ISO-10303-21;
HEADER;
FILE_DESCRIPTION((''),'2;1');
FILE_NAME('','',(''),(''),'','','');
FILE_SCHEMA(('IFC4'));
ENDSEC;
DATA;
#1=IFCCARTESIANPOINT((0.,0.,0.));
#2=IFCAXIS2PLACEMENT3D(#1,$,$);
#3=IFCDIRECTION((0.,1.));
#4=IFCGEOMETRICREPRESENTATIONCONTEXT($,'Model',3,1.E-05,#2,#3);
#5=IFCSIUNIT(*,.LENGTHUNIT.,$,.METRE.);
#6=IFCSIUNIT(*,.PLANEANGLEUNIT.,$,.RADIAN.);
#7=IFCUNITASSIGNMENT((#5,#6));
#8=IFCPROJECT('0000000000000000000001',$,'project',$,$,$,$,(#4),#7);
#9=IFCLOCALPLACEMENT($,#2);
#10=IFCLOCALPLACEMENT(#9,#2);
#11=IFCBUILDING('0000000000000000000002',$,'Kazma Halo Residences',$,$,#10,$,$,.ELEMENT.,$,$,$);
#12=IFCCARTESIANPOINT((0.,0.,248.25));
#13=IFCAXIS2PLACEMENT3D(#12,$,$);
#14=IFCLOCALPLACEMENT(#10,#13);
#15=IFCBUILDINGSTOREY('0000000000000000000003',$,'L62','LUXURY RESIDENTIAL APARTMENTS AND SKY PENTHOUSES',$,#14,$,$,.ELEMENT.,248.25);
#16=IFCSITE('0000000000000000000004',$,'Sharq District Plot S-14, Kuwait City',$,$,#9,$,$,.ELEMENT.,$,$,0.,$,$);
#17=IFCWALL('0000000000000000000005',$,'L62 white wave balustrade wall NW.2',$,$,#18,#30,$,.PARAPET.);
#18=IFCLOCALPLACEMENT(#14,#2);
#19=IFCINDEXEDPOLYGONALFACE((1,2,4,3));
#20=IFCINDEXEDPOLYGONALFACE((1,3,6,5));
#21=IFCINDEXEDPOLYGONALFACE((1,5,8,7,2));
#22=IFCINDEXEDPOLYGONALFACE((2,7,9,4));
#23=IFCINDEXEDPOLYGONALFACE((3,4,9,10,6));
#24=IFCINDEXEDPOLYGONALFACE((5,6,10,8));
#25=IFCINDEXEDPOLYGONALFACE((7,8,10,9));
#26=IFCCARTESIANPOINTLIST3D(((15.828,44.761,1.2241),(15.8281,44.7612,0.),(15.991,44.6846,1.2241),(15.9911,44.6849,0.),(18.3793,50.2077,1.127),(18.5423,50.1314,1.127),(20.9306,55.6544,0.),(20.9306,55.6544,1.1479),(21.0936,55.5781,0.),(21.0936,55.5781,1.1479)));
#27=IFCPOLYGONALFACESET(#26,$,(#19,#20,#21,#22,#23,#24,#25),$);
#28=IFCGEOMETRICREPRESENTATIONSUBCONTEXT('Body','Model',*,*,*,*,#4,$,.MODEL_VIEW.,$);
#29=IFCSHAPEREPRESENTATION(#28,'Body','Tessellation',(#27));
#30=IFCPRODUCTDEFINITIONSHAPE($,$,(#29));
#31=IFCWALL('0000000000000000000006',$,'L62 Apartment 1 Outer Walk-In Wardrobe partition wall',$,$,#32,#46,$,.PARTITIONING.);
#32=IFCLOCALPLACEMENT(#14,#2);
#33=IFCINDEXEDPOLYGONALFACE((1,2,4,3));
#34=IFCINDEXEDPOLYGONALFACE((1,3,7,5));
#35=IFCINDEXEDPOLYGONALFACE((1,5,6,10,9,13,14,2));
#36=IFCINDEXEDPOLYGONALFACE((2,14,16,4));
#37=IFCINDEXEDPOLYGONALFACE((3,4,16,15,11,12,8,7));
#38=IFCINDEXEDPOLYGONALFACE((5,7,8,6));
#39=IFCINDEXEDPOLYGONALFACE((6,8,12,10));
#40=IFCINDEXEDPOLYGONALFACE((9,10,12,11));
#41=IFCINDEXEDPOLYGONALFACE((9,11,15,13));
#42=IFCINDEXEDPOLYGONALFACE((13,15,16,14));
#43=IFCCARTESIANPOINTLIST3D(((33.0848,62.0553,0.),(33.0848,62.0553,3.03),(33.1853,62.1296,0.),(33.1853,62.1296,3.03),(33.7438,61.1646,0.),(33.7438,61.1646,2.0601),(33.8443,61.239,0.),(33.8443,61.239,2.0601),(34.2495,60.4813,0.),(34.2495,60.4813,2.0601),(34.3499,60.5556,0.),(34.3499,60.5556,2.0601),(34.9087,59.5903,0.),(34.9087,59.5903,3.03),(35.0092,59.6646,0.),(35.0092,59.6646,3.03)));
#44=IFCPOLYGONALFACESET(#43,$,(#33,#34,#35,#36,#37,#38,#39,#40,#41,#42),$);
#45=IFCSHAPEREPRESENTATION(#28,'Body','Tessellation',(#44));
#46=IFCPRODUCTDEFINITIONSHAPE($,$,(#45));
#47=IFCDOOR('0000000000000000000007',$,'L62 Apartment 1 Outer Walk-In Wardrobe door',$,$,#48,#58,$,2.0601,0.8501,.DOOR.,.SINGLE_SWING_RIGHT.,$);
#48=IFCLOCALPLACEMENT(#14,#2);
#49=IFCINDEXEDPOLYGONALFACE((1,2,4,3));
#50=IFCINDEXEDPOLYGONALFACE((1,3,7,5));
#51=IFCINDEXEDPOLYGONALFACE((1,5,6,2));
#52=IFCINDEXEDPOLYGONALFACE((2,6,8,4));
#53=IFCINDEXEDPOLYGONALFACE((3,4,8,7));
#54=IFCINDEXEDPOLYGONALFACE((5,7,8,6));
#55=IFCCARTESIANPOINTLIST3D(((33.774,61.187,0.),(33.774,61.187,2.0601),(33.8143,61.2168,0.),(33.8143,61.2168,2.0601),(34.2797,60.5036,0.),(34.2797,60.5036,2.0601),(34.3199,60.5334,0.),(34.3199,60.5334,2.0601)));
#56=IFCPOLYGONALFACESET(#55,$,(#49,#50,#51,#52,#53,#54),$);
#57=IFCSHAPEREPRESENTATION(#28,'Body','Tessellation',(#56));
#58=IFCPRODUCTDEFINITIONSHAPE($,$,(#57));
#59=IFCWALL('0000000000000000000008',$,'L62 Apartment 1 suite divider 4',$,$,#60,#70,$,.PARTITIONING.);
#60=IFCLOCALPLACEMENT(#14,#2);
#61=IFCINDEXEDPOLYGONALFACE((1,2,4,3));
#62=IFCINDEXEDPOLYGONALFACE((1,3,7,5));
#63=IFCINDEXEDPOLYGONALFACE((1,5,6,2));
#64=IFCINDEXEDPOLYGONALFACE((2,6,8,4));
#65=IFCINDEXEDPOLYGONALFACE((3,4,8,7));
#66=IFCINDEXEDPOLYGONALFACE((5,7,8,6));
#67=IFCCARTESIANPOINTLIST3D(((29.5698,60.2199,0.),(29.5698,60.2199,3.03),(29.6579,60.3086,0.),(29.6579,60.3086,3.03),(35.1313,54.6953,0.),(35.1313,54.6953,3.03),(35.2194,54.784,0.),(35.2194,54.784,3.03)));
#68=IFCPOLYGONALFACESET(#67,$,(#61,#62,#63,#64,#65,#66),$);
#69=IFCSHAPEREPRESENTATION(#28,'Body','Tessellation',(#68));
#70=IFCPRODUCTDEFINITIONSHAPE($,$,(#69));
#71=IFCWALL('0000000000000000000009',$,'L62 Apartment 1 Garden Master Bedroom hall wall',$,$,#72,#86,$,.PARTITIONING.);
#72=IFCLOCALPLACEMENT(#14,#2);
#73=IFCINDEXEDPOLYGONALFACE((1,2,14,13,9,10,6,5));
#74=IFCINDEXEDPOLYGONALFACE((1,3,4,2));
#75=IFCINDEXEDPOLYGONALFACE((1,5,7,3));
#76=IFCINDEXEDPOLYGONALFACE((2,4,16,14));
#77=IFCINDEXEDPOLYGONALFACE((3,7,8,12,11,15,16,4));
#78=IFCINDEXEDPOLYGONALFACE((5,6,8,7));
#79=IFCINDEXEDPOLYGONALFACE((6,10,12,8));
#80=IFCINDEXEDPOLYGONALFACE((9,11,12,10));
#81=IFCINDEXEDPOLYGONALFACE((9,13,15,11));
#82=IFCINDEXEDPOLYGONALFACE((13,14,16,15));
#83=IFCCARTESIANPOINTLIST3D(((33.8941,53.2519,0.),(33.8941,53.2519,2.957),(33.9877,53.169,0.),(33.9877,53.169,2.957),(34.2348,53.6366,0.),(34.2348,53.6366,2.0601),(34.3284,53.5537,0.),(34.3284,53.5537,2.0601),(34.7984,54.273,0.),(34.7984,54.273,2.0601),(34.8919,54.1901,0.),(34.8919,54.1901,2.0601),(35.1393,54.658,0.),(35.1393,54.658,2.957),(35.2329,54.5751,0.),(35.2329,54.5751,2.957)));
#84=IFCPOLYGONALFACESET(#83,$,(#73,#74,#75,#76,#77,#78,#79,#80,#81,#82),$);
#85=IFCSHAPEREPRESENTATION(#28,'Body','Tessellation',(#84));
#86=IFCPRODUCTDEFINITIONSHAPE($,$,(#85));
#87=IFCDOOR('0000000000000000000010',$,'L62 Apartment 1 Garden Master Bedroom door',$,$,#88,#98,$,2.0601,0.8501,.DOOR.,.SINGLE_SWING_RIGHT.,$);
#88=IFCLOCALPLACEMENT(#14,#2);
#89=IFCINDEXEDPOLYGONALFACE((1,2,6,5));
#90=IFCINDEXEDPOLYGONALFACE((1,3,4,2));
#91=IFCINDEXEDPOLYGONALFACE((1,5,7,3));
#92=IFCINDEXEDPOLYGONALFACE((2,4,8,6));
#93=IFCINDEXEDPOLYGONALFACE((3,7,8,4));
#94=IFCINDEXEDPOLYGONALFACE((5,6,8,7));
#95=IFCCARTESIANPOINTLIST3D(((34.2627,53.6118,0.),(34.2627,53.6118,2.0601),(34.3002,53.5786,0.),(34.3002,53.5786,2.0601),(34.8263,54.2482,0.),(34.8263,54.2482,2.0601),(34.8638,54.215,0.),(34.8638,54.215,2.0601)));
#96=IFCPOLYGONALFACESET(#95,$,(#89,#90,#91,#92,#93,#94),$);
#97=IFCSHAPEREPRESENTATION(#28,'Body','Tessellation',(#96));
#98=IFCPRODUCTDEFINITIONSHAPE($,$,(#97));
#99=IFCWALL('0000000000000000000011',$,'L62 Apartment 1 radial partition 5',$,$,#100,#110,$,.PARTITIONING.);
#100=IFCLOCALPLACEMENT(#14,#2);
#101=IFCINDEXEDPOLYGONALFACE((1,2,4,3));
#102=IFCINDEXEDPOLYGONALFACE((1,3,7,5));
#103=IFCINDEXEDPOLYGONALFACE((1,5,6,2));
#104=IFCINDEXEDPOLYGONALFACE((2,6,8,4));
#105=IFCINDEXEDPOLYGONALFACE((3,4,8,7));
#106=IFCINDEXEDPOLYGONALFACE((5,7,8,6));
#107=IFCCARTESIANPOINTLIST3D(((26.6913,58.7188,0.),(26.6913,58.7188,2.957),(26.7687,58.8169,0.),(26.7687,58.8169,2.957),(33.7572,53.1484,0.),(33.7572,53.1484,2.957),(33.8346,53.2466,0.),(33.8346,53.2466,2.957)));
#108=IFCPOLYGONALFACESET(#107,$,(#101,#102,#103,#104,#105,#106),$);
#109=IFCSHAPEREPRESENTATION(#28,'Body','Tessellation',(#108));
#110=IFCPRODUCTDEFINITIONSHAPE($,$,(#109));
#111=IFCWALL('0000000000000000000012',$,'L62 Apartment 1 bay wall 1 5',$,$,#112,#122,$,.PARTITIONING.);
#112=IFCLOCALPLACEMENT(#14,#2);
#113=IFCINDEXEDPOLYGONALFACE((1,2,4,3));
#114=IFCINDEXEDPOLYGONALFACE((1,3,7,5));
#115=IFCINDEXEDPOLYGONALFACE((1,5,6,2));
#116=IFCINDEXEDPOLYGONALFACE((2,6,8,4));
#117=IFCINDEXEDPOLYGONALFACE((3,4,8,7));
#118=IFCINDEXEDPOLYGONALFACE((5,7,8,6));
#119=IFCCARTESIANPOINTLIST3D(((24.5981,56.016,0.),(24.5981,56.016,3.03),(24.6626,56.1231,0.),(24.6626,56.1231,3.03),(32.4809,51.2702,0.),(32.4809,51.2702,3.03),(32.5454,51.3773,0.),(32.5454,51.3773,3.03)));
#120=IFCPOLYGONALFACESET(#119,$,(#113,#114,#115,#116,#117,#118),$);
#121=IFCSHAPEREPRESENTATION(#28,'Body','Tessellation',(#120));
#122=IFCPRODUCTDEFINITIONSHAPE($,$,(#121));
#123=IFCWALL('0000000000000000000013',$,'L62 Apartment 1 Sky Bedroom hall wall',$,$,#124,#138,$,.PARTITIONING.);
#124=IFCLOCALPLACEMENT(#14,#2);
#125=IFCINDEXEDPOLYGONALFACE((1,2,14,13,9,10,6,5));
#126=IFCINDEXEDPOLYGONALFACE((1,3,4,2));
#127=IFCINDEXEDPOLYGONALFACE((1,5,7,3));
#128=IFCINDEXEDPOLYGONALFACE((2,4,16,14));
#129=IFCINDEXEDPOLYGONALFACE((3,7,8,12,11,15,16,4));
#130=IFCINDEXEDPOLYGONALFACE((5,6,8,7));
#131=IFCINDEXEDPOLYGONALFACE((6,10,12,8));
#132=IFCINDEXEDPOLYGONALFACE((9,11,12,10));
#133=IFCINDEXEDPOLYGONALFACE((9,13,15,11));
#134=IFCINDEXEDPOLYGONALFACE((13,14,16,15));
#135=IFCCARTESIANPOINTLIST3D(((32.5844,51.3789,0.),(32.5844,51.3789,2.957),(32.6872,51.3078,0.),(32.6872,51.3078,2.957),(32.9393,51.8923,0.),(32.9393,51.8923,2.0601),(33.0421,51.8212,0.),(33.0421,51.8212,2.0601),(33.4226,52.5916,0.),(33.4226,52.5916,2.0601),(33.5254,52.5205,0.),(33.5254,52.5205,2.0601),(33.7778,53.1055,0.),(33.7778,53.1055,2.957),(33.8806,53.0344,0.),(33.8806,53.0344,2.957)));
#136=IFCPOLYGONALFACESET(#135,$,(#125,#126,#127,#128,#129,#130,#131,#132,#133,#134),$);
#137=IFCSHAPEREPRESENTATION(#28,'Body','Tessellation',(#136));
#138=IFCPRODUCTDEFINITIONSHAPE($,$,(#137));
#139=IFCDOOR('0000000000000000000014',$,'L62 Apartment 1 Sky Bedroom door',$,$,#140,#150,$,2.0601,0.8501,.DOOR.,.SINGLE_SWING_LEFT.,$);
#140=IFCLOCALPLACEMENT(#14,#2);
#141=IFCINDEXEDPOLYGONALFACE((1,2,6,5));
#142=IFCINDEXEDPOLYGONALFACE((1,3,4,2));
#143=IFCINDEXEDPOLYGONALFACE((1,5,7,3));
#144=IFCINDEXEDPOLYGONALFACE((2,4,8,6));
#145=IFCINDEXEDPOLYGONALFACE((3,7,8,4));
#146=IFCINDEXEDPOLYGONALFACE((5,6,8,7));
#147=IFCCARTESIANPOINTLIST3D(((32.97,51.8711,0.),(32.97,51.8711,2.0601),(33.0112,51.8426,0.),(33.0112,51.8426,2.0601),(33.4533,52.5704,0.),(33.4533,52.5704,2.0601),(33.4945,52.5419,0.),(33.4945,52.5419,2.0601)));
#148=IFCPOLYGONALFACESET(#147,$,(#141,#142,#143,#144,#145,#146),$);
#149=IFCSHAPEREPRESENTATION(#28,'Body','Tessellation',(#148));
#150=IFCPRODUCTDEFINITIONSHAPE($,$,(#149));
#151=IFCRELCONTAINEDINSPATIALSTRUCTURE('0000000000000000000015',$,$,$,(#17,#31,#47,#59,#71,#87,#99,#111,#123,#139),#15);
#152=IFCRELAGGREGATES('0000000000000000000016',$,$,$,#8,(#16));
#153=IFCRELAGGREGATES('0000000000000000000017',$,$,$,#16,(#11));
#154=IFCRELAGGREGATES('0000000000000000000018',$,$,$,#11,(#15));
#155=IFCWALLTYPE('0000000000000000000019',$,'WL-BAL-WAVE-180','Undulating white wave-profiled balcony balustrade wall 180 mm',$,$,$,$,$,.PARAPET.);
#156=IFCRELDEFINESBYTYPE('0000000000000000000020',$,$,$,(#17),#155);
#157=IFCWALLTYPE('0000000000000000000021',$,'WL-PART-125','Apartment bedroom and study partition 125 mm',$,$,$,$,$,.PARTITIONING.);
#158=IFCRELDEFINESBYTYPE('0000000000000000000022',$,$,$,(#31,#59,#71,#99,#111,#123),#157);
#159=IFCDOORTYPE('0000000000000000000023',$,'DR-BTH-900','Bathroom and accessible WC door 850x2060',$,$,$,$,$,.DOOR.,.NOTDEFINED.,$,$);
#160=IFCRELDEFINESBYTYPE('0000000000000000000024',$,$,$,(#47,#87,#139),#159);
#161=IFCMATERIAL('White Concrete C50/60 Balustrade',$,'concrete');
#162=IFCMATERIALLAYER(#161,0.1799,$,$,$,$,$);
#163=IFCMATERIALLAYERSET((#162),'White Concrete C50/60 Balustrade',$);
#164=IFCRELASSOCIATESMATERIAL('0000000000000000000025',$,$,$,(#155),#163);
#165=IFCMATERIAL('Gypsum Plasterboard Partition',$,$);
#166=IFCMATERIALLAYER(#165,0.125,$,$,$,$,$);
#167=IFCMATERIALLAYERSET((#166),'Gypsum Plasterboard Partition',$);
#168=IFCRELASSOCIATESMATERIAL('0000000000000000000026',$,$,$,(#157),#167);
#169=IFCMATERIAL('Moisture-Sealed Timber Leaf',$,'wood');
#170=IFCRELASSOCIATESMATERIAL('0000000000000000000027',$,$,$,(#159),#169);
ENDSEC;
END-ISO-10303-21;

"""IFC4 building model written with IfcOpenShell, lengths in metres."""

from ifc_helpers import new_model, si_unit, direction, frame, frame_2d, origin, place, context, subcontext, project, spatial, polyline, rectangle, outline, extrude, material, layer, layer_set, type_object, element, fill, save


model = new_model("IFC4")

# Units and contexts
model_context = context("Model", 3, precision=1e-05, world=origin(), true_north=direction((0.0, 1.0)))
body_context = subcontext(model_context, "Body", "Model", "MODEL_VIEW")
ifc_project = project(units=[si_unit("LENGTHUNIT", "METRE"), si_unit("PLANEANGLEUNIT", "RADIAN")], contexts=[model_context])

# Site, building, storey
site_placement = place(None, origin())
site = spatial("IfcSite", under=ifc_project, at=site_placement, Name="Sharq District Plot S-14, Kuwait City", CompositionType="ELEMENT", RefElevation=0.0)
building_placement = place(site_placement, origin())
building = spatial("IfcBuilding", under=site, at=building_placement, Name="Kazma Halo Residences", CompositionType="ELEMENT")
storey_placement = place(building_placement, frame((0.0, 0.0, 248.25)))
storey = spatial("IfcBuildingStorey", under=building, at=storey_placement, Name="L62", Description="LUXURY RESIDENTIAL APARTMENTS AND SKY PENTHOUSES", CompositionType="ELEMENT", Elevation=248.25)

# Wall
ifc_material_1 = material(Name="White Concrete C50/60 Balustrade", Category="concrete")
ifc_layer_1 = layer(ifc_material_1, 0.1799)
ifc_layer_set_1 = layer_set([ifc_layer_1], Name="White Concrete C50/60 Balustrade")
wall_type_1 = type_object("IfcWallType", Name="WL-BAL-WAVE-180", Description="Undulating white wave-profiled balcony balustrade wall 180 mm", PredefinedType="PARAPET", material=ifc_layer_set_1)
wall_1_placement = place(storey_placement, frame((21.0122, 55.6162, 0.0), z_axis=(0.0, 0.0, 1.0), x_axis=(-0.424182, -0.905577, 0.0)))
element("IfcWall", 1, at=wall_1_placement, inside=storey, type_object=wall_type_1, Name="L62 white wave balustrade wall NW.2", PredefinedType="PARAPET", context=body_context, shape_type="SweptSolid", body=[
    extrude(outline(polyline([(0.0, 0.0), (12.0291, 0.0), (12.0293, 1.2241), (6.0146, 1.127), (0.0, 1.1479), (0.0, 0.0)])), frame((0.0, 0.0898, 0.0), z_axis=(0.0, -1.0, 0.0), x_axis=(1.0, 0.0, 0.0)), (0.0, 0.0, 1.0), 0.1799),
])

# Wall, opening, door
ifc_material_2 = material(Name="Gypsum Plasterboard Partition")
ifc_layer_2 = layer(ifc_material_2, 0.125)
ifc_layer_set_2 = layer_set([ifc_layer_2], Name="Gypsum Plasterboard Partition")
wall_type_2 = type_object("IfcWallType", Name="WL-PART-125", Description="Apartment bedroom and study partition 125 mm", PredefinedType="PARTITIONING", material=ifc_layer_set_2)
wall_2_placement = place(storey_placement, frame((34.959, 59.6274, 0.0), z_axis=(0.0, 0.0, 1.0), x_axis=(-0.594803, 0.803872, 0.0)))
wall_2 = element("IfcWall", 2, at=wall_2_placement, inside=storey, type_object=wall_type_2, Name="L62 Apartment 1 Outer Walk-In Wardrobe partition wall", PredefinedType="PARTITIONING", context=body_context, shape_type="SweptSolid", body=[
    extrude(rectangle(XDim=3.0664, YDim=0.125, at=frame_2d((1.5332, 0.0))), origin(), (0.0, 0.0, 1.0), 3.03),
])
opening_1_placement = place(wall_2_placement, frame((1.1084, 0.0, 0.0)))
opening_1 = element("IfcOpeningElement", 3, at=opening_1_placement, cuts=wall_2, PredefinedType="OPENING", context=body_context, shape_type="SweptSolid", body=[
    extrude(rectangle(XDim=0.8501, YDim=2.0601, at=frame_2d((0.425, 1.03))), frame((0.0, 0.0725, 0.0), z_axis=(0.0, -1.0, 0.0), x_axis=(1.0, 0.0, 0.0)), (0.0, 0.0, 1.0), 0.145),
])
ifc_material_3 = material(Name="Moisture-Sealed Timber Leaf", Category="wood")
door_type_1 = type_object("IfcDoorType", Name="DR-BTH-900", Description="Bathroom and accessible WC door 850x2060", OperationType="NOTDEFINED", PredefinedType="DOOR", material=ifc_material_3)
door_1_placement = place(opening_1_placement, origin())
door_1 = element("IfcDoor", 4, at=door_1_placement, inside=storey, type_object=door_type_1, Name="L62 Apartment 1 Outer Walk-In Wardrobe door", OperationType="SINGLE_SWING_RIGHT", OverallHeight=2.0601, OverallWidth=0.8501, PredefinedType="DOOR", context=body_context, shape_type="SweptSolid", body=[
    extrude(rectangle(XDim=0.8501, YDim=2.0601, at=frame_2d((0.425, 1.03))), frame((0.0, 0.0249, 0.0), z_axis=(0.0, -1.0, 0.0), x_axis=(1.0, 0.0, 0.0)), (0.0, 0.0, 1.0), 0.05),
])
fill(opening_1, door_1)

# Wall
wall_3_placement = place(storey_placement, frame((35.1753, 54.7397, 0.0), z_axis=(0.0, 0.0, 1.0), x_axis=(-0.709454, 0.704752, 0.0)))
element("IfcWall", 5, at=wall_3_placement, inside=storey, type_object=wall_type_2, Name="L62 Apartment 1 suite divider 4", PredefinedType="PARTITIONING", context=body_context, shape_type="SweptSolid", body=[
    extrude(rectangle(XDim=7.8391, YDim=0.125, at=frame_2d((3.9194, 0.0))), origin(), (0.0, 0.0, 1.0), 3.03),
])

# Wall, opening, door
wall_4_placement = place(storey_placement, frame((35.186, 54.6165, 0.0), z_axis=(0.0, 0.0, 1.0), x_axis=(-0.662975, -0.748642, 0.0)))
wall_4 = element("IfcWall", 6, at=wall_4_placement, inside=storey, type_object=wall_type_2, Name="L62 Apartment 1 Garden Master Bedroom hall wall", PredefinedType="PARTITIONING", context=body_context, shape_type="SweptSolid", body=[
    extrude(rectangle(XDim=1.8782, YDim=0.125, at=frame_2d((0.939, 0.0))), origin(), (0.0, 0.0, 1.0), 2.957),
])
opening_2_placement = place(wall_4_placement, frame((0.5142, 0.0, 0.0)))
opening_2 = element("IfcOpeningElement", 7, at=opening_2_placement, cuts=wall_4, PredefinedType="OPENING", context=body_context, shape_type="SweptSolid", body=[
    extrude(rectangle(XDim=0.8501, YDim=2.0601, at=frame_2d((0.425, 1.03))), frame((0.0, 0.0725, 0.0), z_axis=(0.0, -1.0, 0.0), x_axis=(1.0, 0.0, 0.0)), (0.0, 0.0, 1.0), 0.145),
])
door_2_placement = place(opening_2_placement, origin())
door_2 = element("IfcDoor", 8, at=door_2_placement, inside=storey, type_object=door_type_1, Name="L62 Apartment 1 Garden Master Bedroom door", OperationType="SINGLE_SWING_RIGHT", OverallHeight=2.0601, OverallWidth=0.8501, PredefinedType="DOOR", context=body_context, shape_type="SweptSolid", body=[
    extrude(rectangle(XDim=0.8501, YDim=2.0601, at=frame_2d((0.425, 1.03))), frame((0.0, 0.0249, 0.0), z_axis=(0.0, -1.0, 0.0), x_axis=(1.0, 0.0, 0.0)), (0.0, 0.0, 1.0), 0.05),
])
fill(opening_2, door_2)

# Walls
wall_5_placement = place(storey_placement, frame((33.7959, 53.1975, 0.0), z_axis=(0.0, 0.0, 1.0), x_axis=(-0.785317, 0.619093, 0.0)))
element("IfcWall", 9, at=wall_5_placement, inside=storey, type_object=wall_type_2, Name="L62 Apartment 1 radial partition 5", PredefinedType="PARTITIONING", context=body_context, shape_type="SweptSolid", body=[
    extrude(rectangle(XDim=8.9976, YDim=0.125, at=frame_2d((4.4988, 0.0))), origin(), (0.0, 0.0, 1.0), 2.957),
])
wall_6_placement = place(storey_placement, frame((32.5132, 51.3237, 0.0), z_axis=(0.0, 0.0, 1.0), x_axis=(-0.856717, 0.515787, 0.0)))
element("IfcWall", 10, at=wall_6_placement, inside=storey, type_object=wall_type_2, Name="L62 Apartment 1 bay wall 1 5", PredefinedType="PARTITIONING", context=body_context, shape_type="SweptSolid", body=[
    extrude(rectangle(XDim=9.2012, YDim=0.125, at=frame_2d((4.6006, 0.0))), origin(), (0.0, 0.0, 1.0), 3.03),
])

# Wall, opening, door
wall_7_placement = place(storey_placement, frame((33.8291, 53.0698, 0.0), z_axis=(0.0, 0.0, 1.0), x_axis=(-0.568581, -0.822627, 0.0)))
wall_7 = element("IfcWall", 11, at=wall_7_placement, inside=storey, type_object=wall_type_2, Name="L62 Apartment 1 Sky Bedroom hall wall", PredefinedType="PARTITIONING", context=body_context, shape_type="SweptSolid", body=[
    extrude(rectangle(XDim=2.0989, YDim=0.125, at=frame_2d((1.0493, 0.0))), origin(), (0.0, 0.0, 1.0), 2.957),
])
opening_3_placement = place(wall_7_placement, frame((0.6245, 0.0, 0.0)))
opening_3 = element("IfcOpeningElement", 12, at=opening_3_placement, cuts=wall_7, PredefinedType="OPENING", context=body_context, shape_type="SweptSolid", body=[
    extrude(rectangle(XDim=0.8501, YDim=2.0601, at=frame_2d((0.425, 1.03))), frame((0.0, 0.0725, 0.0), z_axis=(0.0, -1.0, 0.0), x_axis=(1.0, 0.0, 0.0)), (0.0, 0.0, 1.0), 0.145),
])
door_3_placement = place(opening_3_placement, origin())
door_3 = element("IfcDoor", 13, at=door_3_placement, inside=storey, type_object=door_type_1, Name="L62 Apartment 1 Sky Bedroom door", OperationType="SINGLE_SWING_LEFT", OverallHeight=2.0601, OverallWidth=0.8501, PredefinedType="DOOR", context=body_context, shape_type="SweptSolid", body=[
    extrude(rectangle(XDim=0.8501, YDim=2.0601, at=frame_2d((0.425, 1.03))), frame((0.0, 0.0249, 0.0), z_axis=(0.0, -1.0, 0.0), x_axis=(1.0, 0.0, 0.0)), (0.0, 0.0, 1.0), 0.05),
])
fill(opening_3, door_3)

save(model, "model.ifc")
